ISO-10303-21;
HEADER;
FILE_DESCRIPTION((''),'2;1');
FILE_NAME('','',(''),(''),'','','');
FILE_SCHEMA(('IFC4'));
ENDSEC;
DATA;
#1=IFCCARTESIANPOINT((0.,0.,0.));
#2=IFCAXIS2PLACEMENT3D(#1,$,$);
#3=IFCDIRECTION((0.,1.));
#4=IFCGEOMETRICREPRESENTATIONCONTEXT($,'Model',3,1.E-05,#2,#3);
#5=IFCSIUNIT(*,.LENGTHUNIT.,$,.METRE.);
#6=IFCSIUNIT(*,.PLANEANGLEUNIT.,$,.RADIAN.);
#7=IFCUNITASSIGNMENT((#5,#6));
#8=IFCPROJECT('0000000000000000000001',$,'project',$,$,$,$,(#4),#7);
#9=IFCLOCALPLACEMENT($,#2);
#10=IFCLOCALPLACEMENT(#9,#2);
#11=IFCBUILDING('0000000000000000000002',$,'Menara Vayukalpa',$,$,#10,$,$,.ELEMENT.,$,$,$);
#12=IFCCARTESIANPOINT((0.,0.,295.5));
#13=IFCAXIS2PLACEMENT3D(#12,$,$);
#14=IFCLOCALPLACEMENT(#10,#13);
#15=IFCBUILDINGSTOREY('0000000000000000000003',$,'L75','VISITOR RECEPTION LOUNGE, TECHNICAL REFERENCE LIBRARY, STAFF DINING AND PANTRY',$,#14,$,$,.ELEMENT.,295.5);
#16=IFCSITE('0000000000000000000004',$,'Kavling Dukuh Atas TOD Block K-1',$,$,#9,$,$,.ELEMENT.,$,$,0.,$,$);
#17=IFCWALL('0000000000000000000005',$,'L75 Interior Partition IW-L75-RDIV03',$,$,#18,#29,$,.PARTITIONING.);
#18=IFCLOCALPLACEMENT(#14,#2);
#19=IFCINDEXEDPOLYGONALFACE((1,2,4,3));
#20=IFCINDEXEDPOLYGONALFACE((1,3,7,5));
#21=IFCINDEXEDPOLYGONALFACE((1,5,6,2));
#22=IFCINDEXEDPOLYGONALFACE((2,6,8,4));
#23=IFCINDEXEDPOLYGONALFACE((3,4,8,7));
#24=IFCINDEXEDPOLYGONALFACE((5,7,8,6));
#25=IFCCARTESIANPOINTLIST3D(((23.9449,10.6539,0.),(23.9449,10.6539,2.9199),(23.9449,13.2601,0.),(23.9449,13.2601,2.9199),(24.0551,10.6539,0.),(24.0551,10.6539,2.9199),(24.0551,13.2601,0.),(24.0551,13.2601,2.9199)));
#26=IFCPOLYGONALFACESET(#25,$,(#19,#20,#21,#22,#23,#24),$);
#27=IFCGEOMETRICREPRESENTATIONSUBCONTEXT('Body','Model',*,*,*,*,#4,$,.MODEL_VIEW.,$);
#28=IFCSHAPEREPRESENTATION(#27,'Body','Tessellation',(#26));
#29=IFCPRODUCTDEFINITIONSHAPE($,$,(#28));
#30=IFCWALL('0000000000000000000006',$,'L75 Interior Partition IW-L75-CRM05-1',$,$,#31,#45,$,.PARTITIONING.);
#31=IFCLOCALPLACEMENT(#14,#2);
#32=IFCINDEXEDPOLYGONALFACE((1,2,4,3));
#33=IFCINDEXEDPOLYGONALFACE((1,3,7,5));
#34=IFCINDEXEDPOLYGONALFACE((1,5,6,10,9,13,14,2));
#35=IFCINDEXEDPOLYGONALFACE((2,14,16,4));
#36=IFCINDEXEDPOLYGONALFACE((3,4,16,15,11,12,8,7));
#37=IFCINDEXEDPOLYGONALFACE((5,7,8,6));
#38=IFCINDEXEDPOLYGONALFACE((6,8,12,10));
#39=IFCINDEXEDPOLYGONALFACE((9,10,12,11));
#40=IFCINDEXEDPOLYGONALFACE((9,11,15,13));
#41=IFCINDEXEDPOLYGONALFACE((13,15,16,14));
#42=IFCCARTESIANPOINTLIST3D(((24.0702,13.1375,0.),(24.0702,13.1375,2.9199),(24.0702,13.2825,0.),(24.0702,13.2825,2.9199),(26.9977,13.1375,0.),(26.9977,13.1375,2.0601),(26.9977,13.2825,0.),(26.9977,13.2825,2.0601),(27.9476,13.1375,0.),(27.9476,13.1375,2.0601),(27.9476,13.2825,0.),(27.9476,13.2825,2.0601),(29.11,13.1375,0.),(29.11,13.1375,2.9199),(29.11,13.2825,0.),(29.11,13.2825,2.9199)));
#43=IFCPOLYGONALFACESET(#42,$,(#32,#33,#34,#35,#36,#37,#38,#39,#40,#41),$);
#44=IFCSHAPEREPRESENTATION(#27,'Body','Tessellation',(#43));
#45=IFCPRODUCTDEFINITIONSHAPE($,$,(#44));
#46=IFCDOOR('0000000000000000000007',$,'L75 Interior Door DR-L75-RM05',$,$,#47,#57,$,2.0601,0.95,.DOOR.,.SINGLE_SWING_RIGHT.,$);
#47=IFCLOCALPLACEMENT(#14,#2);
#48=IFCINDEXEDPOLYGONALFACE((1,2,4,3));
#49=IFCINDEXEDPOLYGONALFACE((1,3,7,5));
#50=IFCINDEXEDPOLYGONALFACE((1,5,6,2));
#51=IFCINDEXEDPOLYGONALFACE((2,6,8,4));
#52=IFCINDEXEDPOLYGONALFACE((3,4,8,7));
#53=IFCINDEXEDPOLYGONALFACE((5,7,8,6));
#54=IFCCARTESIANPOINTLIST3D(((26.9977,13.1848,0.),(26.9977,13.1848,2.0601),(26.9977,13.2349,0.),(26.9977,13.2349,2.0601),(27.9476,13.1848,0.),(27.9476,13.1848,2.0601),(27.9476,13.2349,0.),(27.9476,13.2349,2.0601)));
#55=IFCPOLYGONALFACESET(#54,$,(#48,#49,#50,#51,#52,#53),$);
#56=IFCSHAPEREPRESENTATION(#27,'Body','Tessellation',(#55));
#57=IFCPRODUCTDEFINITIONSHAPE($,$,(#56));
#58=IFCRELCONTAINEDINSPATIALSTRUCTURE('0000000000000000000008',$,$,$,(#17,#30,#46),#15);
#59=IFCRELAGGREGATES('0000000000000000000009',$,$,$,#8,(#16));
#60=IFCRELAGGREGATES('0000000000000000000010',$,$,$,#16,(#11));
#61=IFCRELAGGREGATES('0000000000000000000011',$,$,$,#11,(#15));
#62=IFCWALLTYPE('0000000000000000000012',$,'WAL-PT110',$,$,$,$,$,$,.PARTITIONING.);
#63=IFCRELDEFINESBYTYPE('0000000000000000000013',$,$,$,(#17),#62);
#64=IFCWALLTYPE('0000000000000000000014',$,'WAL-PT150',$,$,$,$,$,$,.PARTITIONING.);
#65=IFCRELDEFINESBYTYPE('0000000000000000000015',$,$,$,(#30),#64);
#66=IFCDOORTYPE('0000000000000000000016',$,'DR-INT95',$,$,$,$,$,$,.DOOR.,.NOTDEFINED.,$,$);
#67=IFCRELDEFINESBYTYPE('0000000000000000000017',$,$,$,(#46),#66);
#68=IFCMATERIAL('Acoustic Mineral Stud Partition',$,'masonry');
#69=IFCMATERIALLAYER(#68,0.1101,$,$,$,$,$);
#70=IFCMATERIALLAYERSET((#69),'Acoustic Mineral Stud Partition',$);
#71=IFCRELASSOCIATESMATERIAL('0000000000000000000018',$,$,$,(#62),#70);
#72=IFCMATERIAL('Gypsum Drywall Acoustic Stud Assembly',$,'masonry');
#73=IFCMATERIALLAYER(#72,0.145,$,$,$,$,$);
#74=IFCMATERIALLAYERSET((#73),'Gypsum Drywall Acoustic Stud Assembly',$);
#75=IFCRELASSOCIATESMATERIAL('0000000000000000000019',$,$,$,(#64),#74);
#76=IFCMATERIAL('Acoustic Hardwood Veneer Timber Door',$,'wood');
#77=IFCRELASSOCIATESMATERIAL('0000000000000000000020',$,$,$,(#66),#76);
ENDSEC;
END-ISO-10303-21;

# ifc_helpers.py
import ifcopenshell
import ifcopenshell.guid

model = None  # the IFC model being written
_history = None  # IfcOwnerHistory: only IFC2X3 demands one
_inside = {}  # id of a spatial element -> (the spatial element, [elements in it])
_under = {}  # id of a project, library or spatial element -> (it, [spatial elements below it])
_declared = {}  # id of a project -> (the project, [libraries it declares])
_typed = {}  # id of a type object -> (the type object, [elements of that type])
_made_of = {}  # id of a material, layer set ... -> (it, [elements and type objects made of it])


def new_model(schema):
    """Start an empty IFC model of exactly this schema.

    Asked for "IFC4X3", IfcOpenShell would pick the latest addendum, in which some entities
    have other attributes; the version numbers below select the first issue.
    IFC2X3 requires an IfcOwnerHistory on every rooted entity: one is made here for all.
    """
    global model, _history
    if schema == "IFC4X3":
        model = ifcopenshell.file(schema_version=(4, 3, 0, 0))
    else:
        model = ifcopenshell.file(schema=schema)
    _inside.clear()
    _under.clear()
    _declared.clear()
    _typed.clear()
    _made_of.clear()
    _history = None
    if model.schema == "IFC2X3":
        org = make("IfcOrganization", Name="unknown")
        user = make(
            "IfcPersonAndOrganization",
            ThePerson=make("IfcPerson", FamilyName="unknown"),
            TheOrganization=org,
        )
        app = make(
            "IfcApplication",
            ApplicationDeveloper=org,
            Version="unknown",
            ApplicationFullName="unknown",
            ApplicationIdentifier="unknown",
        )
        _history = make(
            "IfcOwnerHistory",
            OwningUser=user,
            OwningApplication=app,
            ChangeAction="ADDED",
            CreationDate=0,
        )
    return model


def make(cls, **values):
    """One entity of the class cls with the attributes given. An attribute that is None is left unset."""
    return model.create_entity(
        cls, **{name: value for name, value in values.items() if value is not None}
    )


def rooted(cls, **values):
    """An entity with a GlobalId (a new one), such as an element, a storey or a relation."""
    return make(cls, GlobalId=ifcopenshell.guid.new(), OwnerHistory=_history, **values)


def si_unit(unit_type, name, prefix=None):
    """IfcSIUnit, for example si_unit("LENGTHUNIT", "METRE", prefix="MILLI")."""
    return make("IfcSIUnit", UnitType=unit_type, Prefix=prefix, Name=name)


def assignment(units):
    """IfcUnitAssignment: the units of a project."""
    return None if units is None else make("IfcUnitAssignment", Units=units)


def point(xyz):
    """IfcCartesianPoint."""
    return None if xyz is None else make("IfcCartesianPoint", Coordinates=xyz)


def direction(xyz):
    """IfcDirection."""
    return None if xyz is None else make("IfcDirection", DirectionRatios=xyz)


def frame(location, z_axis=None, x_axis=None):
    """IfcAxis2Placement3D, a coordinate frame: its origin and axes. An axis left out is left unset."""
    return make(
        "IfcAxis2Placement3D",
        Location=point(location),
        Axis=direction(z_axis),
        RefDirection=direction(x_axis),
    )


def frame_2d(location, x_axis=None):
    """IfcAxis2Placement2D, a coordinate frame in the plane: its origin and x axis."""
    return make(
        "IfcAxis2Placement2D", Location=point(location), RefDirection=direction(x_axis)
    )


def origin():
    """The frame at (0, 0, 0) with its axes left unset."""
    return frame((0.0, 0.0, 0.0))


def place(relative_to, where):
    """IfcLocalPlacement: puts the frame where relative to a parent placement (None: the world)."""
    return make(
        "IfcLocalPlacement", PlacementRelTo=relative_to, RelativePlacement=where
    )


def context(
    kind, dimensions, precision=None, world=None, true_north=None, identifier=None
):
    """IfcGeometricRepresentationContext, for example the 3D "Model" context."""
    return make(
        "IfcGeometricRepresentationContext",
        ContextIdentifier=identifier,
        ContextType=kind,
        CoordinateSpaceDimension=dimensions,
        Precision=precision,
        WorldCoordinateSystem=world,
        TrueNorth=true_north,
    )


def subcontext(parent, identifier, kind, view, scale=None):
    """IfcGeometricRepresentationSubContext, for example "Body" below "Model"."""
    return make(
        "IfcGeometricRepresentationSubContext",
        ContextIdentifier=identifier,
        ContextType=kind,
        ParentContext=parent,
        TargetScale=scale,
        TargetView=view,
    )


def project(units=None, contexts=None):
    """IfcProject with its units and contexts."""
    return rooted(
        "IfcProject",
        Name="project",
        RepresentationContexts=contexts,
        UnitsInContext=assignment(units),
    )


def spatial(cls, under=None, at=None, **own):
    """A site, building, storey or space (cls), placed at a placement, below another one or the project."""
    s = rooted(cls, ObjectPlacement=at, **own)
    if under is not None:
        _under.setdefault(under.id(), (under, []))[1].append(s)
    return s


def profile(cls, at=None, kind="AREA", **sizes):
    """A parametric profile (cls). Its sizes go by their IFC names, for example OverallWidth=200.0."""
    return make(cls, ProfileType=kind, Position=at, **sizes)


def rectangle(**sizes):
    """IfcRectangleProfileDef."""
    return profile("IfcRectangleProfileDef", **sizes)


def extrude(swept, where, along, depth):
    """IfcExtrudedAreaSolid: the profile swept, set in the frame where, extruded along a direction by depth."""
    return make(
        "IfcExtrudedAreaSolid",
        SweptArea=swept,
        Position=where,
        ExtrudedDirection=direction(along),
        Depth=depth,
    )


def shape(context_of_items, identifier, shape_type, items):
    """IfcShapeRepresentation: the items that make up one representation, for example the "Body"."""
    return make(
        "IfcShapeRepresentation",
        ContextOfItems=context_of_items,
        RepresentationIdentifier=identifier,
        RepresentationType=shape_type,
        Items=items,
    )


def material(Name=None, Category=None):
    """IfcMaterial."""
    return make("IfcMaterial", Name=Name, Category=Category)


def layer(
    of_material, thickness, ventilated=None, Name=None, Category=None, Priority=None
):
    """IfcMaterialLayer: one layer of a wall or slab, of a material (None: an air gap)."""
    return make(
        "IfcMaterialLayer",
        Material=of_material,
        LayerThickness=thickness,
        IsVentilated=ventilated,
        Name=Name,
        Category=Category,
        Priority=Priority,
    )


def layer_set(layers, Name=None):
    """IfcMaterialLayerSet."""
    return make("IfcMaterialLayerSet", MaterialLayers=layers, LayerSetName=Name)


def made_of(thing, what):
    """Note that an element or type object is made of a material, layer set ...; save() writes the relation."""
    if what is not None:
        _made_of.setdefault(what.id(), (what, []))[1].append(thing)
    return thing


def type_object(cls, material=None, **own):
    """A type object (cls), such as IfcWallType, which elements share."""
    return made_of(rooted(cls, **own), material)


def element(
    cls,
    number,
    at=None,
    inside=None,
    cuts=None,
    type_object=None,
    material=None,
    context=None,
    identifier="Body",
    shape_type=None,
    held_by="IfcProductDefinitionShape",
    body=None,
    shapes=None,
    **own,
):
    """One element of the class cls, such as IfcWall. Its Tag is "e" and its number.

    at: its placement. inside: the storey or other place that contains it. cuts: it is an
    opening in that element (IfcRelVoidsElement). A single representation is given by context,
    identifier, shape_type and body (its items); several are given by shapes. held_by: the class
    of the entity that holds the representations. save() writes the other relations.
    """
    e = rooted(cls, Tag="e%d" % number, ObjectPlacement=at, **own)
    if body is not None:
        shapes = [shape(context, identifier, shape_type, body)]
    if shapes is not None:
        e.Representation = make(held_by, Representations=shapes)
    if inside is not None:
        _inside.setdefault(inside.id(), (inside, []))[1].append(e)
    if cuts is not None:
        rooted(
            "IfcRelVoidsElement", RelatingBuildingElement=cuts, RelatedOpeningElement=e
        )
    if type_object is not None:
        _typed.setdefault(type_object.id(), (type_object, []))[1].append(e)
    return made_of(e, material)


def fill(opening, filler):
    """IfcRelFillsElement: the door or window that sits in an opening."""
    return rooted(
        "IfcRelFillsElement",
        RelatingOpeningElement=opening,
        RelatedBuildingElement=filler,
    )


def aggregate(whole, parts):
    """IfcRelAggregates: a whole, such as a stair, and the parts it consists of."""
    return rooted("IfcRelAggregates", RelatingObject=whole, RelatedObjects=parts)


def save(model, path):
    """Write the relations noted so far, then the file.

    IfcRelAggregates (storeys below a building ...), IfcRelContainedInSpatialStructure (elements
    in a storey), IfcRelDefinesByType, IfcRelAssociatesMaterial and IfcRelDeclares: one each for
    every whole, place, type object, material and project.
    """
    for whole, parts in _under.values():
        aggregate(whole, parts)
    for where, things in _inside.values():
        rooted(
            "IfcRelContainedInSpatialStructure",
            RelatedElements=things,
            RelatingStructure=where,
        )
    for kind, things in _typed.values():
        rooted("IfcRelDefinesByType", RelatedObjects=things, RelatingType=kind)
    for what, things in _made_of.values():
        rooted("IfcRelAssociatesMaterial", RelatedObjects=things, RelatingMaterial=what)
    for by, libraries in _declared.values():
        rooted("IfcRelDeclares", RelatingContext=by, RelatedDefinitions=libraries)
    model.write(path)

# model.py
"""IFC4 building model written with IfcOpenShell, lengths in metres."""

from ifc_helpers import new_model, si_unit, direction, frame, frame_2d, origin, place, context, subcontext, project, spatial, rectangle, extrude, material, layer, layer_set, type_object, element, fill, save


model = new_model("IFC4")

# Units and contexts
model_context = context("Model", 3, precision=1e-05, world=origin(), true_north=direction((0.0, 1.0)))
body_context = subcontext(model_context, "Body", "Model", "MODEL_VIEW")
ifc_project = project(units=[si_unit("LENGTHUNIT", "METRE"), si_unit("PLANEANGLEUNIT", "RADIAN")], contexts=[model_context])

# Site, building, storey
site_placement = place(None, origin())
site = spatial("IfcSite", under=ifc_project, at=site_placement, Name="Kavling Dukuh Atas TOD Block K-1", CompositionType="ELEMENT", RefElevation=0.0)
building_placement = place(site_placement, origin())
building = spatial("IfcBuilding", under=site, at=building_placement, Name="Menara Vayukalpa", CompositionType="ELEMENT")
storey_placement = place(building_placement, frame((0.0, 0.0, 295.5)))
storey = spatial("IfcBuildingStorey", under=building, at=storey_placement, Name="L75", Description="VISITOR RECEPTION LOUNGE, TECHNICAL REFERENCE LIBRARY, STAFF DINING AND PANTRY", CompositionType="ELEMENT", Elevation=295.5)

# Wall
ifc_material_1 = material(Name="Acoustic Mineral Stud Partition", Category="masonry")
ifc_layer_1 = layer(ifc_material_1, 0.1101)
ifc_layer_set_1 = layer_set([ifc_layer_1], Name="Acoustic Mineral Stud Partition")
wall_type_1 = type_object("IfcWallType", Name="WAL-PT110", PredefinedType="PARTITIONING", material=ifc_layer_set_1)
wall_1_placement = place(storey_placement, frame((24.0, 10.6538, 0.0), z_axis=(0.0, 0.0, 1.0), x_axis=(0.0, 1.0, 0.0)))
element("IfcWall", 1, at=wall_1_placement, inside=storey, type_object=wall_type_1, Name="L75 Interior Partition IW-L75-RDIV03", PredefinedType="PARTITIONING", context=body_context, shape_type="SweptSolid", body=[
    extrude(rectangle(XDim=2.6062, YDim=0.1101, at=frame_2d((1.3032, 0.0))), origin(), (0.0, 0.0, 1.0), 2.9199),
])

# Wall, opening, door
ifc_material_2 = material(Name="Gypsum Drywall Acoustic Stud Assembly", Category="masonry")
ifc_layer_2 = layer(ifc_material_2, 0.145)
ifc_layer_set_2 = layer_set([ifc_layer_2], Name="Gypsum Drywall Acoustic Stud Assembly")
wall_type_2 = type_object("IfcWallType", Name="WAL-PT150", PredefinedType="PARTITIONING", material=ifc_layer_set_2)
wall_2_placement = place(storey_placement, frame((24.0701, 13.21, 0.0), z_axis=(0.0, 0.0, 1.0), x_axis=(1.0, 0.0, 0.0)))
wall_2 = element("IfcWall", 2, at=wall_2_placement, inside=storey, type_object=wall_type_2, Name="L75 Interior Partition IW-L75-CRM05-1", PredefinedType="PARTITIONING", context=body_context, shape_type="SweptSolid", body=[
    extrude(rectangle(XDim=5.0398, YDim=0.145, at=frame_2d((2.52, 0.0))), origin(), (0.0, 0.0, 1.0), 2.9199),
])
opening_placement = place(wall_2_placement, frame((2.9275, 0.0, 0.0)))
opening = element("IfcOpeningElement", 3, at=opening_placement, cuts=wall_2, PredefinedType="OPENING", context=body_context, shape_type="SweptSolid", body=[
    extrude(rectangle(XDim=0.95, YDim=2.0601, at=frame_2d((0.4751, 1.03))), frame((0.0, 0.0825, 0.0), z_axis=(0.0, -1.0, 0.0), x_axis=(1.0, 0.0, 0.0)), (0.0, 0.0, 1.0), 0.165),
])
ifc_material_3 = material(Name="Acoustic Hardwood Veneer Timber Door", Category="wood")
door_type = type_object("IfcDoorType", Name="DR-INT95", OperationType="NOTDEFINED", PredefinedType="DOOR", material=ifc_material_3)
door_placement = place(opening_placement, origin())
door = element("IfcDoor", 4, at=door_placement, inside=storey, type_object=door_type, Name="L75 Interior Door DR-L75-RM05", OperationType="SINGLE_SWING_RIGHT", OverallHeight=2.0601, OverallWidth=0.95, PredefinedType="DOOR", context=body_context, shape_type="SweptSolid", body=[
    extrude(rectangle(XDim=0.95, YDim=2.0601, at=frame_2d((0.4751, 1.03))), frame((0.0, 0.0249, 0.0), z_axis=(0.0, -1.0, 0.0), x_axis=(1.0, 0.0, 0.0)), (0.0, 0.0, 1.0), 0.05),
])
fill(opening, door)

save(model, "model.ifc")
